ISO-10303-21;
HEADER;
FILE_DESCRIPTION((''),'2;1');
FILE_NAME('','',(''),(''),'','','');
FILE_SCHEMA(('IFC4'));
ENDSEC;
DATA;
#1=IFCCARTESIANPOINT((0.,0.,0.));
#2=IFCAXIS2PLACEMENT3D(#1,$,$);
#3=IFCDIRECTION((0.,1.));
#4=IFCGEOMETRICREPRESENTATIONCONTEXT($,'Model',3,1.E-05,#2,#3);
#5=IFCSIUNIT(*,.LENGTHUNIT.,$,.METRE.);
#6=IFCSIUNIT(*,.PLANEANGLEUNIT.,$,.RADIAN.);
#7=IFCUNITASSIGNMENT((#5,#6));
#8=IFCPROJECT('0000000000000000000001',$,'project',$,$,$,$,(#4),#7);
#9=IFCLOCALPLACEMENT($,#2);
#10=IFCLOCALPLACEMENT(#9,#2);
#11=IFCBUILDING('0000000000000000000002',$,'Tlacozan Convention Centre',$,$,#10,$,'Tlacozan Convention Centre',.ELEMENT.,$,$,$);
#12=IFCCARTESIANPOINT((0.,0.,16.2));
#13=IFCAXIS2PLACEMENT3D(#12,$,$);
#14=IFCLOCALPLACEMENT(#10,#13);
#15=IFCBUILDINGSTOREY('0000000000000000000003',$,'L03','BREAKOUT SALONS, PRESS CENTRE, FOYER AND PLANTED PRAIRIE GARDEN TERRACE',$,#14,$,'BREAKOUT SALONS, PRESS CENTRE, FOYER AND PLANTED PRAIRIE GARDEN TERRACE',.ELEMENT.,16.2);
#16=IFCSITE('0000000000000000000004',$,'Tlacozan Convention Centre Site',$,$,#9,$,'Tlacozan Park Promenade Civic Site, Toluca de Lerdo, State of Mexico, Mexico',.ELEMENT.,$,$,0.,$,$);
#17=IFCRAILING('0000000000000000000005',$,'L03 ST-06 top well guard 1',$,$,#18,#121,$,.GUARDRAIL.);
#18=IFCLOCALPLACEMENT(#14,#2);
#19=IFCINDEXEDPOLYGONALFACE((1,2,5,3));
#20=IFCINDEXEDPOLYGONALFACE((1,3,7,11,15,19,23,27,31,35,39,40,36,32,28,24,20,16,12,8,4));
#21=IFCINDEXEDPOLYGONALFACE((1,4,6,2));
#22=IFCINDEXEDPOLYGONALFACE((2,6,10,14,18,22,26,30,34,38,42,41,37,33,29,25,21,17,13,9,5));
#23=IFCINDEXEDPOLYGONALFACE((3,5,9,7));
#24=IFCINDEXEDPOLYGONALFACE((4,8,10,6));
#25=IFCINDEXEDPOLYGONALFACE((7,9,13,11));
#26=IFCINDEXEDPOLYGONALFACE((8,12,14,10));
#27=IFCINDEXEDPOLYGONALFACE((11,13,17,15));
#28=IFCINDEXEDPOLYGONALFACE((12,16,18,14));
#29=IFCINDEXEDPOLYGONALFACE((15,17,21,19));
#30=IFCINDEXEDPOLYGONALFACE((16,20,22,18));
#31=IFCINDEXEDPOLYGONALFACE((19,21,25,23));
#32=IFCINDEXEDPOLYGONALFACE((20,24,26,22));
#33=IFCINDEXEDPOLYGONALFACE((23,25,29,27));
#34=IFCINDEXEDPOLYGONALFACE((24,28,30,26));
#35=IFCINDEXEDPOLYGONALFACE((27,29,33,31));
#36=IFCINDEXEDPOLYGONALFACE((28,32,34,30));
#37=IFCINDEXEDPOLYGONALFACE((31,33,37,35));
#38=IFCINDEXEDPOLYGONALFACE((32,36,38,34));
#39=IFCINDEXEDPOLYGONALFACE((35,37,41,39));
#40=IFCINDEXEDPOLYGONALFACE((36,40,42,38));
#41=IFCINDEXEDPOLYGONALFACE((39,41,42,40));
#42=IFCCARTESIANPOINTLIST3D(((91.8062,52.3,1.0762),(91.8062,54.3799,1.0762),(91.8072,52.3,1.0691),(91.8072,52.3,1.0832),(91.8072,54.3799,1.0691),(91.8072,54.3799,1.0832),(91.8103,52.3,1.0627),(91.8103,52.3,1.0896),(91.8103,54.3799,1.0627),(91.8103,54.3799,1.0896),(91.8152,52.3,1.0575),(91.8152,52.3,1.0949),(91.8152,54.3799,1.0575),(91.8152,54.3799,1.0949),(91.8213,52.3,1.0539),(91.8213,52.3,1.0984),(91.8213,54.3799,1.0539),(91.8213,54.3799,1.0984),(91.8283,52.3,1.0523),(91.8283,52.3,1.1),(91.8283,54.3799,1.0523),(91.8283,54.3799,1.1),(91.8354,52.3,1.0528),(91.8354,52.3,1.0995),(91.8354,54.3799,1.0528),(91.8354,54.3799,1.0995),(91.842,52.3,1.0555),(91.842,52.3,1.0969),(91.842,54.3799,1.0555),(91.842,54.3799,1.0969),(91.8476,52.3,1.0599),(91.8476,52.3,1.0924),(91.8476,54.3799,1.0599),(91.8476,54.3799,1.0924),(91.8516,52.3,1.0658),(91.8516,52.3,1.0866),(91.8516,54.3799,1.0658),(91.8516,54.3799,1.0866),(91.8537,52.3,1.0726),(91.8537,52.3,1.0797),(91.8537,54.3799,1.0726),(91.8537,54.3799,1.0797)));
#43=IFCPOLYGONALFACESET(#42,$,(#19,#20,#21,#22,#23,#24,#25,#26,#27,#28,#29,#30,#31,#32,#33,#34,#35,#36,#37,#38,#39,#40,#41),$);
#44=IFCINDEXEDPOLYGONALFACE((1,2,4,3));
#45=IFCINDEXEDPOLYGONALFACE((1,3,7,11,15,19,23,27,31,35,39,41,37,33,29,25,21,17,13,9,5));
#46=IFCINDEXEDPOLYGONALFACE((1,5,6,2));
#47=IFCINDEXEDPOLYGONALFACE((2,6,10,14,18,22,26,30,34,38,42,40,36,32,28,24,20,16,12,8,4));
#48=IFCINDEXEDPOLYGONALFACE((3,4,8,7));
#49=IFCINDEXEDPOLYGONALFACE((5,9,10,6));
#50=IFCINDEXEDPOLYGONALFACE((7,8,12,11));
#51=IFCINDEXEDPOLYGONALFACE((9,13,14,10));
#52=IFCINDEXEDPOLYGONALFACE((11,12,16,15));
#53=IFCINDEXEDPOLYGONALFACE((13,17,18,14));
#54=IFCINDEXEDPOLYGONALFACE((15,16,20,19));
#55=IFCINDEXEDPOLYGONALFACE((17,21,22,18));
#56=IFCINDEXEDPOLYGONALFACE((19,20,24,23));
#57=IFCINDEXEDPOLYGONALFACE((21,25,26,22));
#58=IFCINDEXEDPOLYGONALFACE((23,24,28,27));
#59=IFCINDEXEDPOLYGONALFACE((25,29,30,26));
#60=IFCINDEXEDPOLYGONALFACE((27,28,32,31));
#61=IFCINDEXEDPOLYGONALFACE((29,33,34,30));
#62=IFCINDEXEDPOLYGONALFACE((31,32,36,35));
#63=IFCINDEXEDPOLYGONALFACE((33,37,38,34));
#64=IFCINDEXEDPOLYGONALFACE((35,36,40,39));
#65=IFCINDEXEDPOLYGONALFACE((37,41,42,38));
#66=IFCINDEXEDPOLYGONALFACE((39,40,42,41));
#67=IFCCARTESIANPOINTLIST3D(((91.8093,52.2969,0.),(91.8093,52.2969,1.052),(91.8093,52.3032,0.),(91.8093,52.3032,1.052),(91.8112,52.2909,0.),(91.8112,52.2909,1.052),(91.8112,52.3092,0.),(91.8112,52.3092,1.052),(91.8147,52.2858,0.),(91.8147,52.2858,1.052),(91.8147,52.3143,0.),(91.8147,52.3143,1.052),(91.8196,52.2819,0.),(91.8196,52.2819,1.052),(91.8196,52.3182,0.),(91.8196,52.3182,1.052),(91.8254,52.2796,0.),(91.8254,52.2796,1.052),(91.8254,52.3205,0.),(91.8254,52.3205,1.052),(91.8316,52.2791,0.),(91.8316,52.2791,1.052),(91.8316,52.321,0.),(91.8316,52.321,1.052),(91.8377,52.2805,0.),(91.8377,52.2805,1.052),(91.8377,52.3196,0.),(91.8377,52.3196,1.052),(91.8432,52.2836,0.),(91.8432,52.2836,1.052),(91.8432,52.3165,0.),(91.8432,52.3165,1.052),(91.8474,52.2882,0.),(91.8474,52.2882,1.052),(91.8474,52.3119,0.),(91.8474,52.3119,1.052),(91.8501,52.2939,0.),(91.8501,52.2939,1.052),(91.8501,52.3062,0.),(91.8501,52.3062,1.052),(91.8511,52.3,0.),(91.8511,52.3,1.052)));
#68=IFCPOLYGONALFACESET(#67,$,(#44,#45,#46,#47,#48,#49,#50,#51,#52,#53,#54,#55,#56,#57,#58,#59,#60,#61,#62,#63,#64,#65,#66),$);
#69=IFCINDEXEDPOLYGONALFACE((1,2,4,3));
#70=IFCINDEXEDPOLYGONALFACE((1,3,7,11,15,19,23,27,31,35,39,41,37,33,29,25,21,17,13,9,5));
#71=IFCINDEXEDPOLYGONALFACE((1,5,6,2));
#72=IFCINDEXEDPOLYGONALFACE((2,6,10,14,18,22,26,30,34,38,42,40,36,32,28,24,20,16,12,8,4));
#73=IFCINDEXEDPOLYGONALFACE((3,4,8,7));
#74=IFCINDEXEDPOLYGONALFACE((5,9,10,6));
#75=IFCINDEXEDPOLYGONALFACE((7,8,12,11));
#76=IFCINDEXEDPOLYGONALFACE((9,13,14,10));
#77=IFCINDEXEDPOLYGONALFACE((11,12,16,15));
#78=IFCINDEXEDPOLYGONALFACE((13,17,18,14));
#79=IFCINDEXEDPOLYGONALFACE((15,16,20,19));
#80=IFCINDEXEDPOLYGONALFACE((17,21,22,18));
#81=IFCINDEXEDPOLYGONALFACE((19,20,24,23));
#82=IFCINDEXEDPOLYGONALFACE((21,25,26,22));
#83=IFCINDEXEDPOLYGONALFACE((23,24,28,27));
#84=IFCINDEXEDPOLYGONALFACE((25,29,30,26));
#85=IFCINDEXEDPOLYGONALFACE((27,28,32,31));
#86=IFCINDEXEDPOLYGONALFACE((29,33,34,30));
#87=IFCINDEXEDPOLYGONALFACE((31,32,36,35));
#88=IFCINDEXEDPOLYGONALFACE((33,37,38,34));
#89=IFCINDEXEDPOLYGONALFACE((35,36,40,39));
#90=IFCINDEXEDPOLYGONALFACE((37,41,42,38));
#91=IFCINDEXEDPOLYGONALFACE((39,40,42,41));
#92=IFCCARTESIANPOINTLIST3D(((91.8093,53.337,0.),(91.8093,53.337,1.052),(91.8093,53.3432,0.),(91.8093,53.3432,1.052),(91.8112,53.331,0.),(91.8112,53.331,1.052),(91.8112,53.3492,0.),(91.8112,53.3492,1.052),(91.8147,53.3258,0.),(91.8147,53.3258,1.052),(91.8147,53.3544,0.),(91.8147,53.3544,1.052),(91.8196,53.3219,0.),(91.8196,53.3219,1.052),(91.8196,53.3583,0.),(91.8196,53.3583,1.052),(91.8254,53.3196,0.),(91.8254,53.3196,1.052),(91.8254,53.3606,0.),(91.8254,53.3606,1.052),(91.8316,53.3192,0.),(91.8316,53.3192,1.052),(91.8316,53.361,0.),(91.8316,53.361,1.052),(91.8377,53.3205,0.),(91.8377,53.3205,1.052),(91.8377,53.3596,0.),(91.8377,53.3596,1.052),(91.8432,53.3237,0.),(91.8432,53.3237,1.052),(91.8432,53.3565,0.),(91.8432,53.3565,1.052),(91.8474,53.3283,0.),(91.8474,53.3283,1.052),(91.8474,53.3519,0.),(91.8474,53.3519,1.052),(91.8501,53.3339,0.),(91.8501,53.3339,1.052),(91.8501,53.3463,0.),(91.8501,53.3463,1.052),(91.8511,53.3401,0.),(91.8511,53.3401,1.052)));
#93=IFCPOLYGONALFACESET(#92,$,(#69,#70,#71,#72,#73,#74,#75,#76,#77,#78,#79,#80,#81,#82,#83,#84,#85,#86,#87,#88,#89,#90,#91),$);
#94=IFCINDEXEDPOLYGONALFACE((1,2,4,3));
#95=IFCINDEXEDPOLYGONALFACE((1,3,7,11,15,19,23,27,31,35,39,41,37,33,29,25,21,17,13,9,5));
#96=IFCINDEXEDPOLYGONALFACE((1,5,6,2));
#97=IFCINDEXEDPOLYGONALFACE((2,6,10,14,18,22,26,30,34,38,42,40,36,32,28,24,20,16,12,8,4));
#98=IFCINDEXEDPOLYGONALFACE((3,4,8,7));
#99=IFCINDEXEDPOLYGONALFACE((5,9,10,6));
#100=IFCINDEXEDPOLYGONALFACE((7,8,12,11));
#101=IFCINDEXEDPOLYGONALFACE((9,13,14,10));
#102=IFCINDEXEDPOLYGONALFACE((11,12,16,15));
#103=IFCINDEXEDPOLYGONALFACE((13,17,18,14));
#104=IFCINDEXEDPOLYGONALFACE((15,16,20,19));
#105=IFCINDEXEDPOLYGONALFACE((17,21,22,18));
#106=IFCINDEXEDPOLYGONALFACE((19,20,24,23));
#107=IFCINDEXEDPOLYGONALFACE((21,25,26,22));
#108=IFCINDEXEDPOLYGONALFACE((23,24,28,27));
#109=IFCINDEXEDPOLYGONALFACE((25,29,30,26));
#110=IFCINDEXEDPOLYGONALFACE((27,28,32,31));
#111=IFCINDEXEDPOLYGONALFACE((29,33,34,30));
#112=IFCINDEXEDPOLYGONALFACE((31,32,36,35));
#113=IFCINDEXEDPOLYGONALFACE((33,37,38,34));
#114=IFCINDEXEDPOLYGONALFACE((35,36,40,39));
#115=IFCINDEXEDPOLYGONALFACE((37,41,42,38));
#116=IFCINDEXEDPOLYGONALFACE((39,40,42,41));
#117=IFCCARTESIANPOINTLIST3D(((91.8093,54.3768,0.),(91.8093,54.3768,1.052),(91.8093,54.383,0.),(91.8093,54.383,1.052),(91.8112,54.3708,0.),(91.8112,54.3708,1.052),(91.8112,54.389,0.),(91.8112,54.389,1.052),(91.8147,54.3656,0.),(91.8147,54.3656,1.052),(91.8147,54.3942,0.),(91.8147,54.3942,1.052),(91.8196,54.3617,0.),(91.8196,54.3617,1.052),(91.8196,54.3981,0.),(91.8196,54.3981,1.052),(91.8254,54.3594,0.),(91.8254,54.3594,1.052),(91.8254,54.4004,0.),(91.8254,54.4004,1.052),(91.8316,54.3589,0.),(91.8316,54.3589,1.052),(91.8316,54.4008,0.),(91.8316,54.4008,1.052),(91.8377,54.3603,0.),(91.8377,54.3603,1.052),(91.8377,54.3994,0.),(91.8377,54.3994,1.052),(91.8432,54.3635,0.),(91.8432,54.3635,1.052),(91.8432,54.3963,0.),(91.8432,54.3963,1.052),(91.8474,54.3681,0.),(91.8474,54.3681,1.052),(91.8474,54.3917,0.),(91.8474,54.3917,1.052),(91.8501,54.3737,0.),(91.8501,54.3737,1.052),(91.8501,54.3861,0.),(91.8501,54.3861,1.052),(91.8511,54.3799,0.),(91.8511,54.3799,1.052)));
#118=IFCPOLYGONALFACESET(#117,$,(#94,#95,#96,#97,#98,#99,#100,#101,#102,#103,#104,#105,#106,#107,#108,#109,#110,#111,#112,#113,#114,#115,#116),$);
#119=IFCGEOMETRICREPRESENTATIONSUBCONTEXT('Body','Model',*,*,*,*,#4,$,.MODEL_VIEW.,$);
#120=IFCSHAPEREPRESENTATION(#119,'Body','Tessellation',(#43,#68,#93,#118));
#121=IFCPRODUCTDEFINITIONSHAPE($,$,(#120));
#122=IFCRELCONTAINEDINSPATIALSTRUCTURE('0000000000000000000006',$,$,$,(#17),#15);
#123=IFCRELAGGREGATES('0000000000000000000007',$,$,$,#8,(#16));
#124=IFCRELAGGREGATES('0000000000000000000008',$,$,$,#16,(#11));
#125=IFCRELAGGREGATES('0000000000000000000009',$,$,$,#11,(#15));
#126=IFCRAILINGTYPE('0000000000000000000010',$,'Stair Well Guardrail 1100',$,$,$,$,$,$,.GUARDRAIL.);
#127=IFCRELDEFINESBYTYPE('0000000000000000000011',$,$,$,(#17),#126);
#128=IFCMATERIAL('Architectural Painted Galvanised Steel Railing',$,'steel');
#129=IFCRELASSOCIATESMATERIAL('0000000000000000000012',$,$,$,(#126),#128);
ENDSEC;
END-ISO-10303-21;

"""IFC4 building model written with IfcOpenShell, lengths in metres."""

from ifc_helpers import new_model, si_unit, direction, frame, origin, origin_2d, place, context, subcontext, project, spatial, circle, extrude, material, type_object, element, save


model = new_model("IFC4")

# Units and contexts
model_context = context("Model", 3, precision=1e-05, world=origin(), true_north=direction((0.0, 1.0)))
body_context = subcontext(model_context, "Body", "Model", "MODEL_VIEW")
ifc_project = project(units=[si_unit("LENGTHUNIT", "METRE"), si_unit("PLANEANGLEUNIT", "RADIAN")], contexts=[model_context])

# Site, building, storey
site_placement = place(None, origin())
site = spatial("IfcSite", under=ifc_project, at=site_placement, Name="Tlacozan Convention Centre Site", LongName="Tlacozan Park Promenade Civic Site, Toluca de Lerdo, State of Mexico, Mexico", CompositionType="ELEMENT", RefElevation=0.0)
building_placement = place(site_placement, origin())
building = spatial("IfcBuilding", under=site, at=building_placement, Name="Tlacozan Convention Centre", LongName="Tlacozan Convention Centre", CompositionType="ELEMENT")
storey_placement = place(building_placement, frame((0.0, 0.0, 16.2)))
storey = spatial("IfcBuildingStorey", under=building, at=storey_placement, Name="L03", Description="BREAKOUT SALONS, PRESS CENTRE, FOYER AND PLANTED PRAIRIE GARDEN TERRACE", LongName="BREAKOUT SALONS, PRESS CENTRE, FOYER AND PLANTED PRAIRIE GARDEN TERRACE", CompositionType="ELEMENT", Elevation=16.2)

# Railing
ifc_material_1 = material(Name="Architectural Painted Galvanised Steel Railing", Category="steel")
railing_type_1 = type_object("IfcRailingType", Name="Stair Well Guardrail 1100", PredefinedType="GUARDRAIL", material=ifc_material_1)
railing_1_placement = place(storey_placement, frame((91.8301, 52.3, 0.0)))
element("IfcRailing", 1, at=railing_1_placement, inside=storey, type_object=railing_type_1, Name="L03 ST-06 top well guard 1", PredefinedType="GUARDRAIL", context=body_context, shape_type="SweptSolid", body=[
    extrude(circle(Radius=0.0239, at=origin_2d()), frame((0.0, 0.0, 1.0762), z_axis=(0.0, 1.0, 0.0), x_axis=(-1.0, 0.0, 0.0)), (0.0, 0.0, 1.0), 2.0798),
    extrude(circle(Radius=0.021, at=origin_2d()), origin(), (0.0, 0.0, 1.0), 1.052),
    extrude(circle(Radius=0.021, at=origin_2d()), frame((0.0, 1.04, 0.0)), (0.0, 0.0, 1.0), 1.052),
    extrude(circle(Radius=0.021, at=origin_2d()), frame((0.0, 2.0798, 0.0)), (0.0, 0.0, 1.0), 1.052),
])

save(model, "model.ifc")
